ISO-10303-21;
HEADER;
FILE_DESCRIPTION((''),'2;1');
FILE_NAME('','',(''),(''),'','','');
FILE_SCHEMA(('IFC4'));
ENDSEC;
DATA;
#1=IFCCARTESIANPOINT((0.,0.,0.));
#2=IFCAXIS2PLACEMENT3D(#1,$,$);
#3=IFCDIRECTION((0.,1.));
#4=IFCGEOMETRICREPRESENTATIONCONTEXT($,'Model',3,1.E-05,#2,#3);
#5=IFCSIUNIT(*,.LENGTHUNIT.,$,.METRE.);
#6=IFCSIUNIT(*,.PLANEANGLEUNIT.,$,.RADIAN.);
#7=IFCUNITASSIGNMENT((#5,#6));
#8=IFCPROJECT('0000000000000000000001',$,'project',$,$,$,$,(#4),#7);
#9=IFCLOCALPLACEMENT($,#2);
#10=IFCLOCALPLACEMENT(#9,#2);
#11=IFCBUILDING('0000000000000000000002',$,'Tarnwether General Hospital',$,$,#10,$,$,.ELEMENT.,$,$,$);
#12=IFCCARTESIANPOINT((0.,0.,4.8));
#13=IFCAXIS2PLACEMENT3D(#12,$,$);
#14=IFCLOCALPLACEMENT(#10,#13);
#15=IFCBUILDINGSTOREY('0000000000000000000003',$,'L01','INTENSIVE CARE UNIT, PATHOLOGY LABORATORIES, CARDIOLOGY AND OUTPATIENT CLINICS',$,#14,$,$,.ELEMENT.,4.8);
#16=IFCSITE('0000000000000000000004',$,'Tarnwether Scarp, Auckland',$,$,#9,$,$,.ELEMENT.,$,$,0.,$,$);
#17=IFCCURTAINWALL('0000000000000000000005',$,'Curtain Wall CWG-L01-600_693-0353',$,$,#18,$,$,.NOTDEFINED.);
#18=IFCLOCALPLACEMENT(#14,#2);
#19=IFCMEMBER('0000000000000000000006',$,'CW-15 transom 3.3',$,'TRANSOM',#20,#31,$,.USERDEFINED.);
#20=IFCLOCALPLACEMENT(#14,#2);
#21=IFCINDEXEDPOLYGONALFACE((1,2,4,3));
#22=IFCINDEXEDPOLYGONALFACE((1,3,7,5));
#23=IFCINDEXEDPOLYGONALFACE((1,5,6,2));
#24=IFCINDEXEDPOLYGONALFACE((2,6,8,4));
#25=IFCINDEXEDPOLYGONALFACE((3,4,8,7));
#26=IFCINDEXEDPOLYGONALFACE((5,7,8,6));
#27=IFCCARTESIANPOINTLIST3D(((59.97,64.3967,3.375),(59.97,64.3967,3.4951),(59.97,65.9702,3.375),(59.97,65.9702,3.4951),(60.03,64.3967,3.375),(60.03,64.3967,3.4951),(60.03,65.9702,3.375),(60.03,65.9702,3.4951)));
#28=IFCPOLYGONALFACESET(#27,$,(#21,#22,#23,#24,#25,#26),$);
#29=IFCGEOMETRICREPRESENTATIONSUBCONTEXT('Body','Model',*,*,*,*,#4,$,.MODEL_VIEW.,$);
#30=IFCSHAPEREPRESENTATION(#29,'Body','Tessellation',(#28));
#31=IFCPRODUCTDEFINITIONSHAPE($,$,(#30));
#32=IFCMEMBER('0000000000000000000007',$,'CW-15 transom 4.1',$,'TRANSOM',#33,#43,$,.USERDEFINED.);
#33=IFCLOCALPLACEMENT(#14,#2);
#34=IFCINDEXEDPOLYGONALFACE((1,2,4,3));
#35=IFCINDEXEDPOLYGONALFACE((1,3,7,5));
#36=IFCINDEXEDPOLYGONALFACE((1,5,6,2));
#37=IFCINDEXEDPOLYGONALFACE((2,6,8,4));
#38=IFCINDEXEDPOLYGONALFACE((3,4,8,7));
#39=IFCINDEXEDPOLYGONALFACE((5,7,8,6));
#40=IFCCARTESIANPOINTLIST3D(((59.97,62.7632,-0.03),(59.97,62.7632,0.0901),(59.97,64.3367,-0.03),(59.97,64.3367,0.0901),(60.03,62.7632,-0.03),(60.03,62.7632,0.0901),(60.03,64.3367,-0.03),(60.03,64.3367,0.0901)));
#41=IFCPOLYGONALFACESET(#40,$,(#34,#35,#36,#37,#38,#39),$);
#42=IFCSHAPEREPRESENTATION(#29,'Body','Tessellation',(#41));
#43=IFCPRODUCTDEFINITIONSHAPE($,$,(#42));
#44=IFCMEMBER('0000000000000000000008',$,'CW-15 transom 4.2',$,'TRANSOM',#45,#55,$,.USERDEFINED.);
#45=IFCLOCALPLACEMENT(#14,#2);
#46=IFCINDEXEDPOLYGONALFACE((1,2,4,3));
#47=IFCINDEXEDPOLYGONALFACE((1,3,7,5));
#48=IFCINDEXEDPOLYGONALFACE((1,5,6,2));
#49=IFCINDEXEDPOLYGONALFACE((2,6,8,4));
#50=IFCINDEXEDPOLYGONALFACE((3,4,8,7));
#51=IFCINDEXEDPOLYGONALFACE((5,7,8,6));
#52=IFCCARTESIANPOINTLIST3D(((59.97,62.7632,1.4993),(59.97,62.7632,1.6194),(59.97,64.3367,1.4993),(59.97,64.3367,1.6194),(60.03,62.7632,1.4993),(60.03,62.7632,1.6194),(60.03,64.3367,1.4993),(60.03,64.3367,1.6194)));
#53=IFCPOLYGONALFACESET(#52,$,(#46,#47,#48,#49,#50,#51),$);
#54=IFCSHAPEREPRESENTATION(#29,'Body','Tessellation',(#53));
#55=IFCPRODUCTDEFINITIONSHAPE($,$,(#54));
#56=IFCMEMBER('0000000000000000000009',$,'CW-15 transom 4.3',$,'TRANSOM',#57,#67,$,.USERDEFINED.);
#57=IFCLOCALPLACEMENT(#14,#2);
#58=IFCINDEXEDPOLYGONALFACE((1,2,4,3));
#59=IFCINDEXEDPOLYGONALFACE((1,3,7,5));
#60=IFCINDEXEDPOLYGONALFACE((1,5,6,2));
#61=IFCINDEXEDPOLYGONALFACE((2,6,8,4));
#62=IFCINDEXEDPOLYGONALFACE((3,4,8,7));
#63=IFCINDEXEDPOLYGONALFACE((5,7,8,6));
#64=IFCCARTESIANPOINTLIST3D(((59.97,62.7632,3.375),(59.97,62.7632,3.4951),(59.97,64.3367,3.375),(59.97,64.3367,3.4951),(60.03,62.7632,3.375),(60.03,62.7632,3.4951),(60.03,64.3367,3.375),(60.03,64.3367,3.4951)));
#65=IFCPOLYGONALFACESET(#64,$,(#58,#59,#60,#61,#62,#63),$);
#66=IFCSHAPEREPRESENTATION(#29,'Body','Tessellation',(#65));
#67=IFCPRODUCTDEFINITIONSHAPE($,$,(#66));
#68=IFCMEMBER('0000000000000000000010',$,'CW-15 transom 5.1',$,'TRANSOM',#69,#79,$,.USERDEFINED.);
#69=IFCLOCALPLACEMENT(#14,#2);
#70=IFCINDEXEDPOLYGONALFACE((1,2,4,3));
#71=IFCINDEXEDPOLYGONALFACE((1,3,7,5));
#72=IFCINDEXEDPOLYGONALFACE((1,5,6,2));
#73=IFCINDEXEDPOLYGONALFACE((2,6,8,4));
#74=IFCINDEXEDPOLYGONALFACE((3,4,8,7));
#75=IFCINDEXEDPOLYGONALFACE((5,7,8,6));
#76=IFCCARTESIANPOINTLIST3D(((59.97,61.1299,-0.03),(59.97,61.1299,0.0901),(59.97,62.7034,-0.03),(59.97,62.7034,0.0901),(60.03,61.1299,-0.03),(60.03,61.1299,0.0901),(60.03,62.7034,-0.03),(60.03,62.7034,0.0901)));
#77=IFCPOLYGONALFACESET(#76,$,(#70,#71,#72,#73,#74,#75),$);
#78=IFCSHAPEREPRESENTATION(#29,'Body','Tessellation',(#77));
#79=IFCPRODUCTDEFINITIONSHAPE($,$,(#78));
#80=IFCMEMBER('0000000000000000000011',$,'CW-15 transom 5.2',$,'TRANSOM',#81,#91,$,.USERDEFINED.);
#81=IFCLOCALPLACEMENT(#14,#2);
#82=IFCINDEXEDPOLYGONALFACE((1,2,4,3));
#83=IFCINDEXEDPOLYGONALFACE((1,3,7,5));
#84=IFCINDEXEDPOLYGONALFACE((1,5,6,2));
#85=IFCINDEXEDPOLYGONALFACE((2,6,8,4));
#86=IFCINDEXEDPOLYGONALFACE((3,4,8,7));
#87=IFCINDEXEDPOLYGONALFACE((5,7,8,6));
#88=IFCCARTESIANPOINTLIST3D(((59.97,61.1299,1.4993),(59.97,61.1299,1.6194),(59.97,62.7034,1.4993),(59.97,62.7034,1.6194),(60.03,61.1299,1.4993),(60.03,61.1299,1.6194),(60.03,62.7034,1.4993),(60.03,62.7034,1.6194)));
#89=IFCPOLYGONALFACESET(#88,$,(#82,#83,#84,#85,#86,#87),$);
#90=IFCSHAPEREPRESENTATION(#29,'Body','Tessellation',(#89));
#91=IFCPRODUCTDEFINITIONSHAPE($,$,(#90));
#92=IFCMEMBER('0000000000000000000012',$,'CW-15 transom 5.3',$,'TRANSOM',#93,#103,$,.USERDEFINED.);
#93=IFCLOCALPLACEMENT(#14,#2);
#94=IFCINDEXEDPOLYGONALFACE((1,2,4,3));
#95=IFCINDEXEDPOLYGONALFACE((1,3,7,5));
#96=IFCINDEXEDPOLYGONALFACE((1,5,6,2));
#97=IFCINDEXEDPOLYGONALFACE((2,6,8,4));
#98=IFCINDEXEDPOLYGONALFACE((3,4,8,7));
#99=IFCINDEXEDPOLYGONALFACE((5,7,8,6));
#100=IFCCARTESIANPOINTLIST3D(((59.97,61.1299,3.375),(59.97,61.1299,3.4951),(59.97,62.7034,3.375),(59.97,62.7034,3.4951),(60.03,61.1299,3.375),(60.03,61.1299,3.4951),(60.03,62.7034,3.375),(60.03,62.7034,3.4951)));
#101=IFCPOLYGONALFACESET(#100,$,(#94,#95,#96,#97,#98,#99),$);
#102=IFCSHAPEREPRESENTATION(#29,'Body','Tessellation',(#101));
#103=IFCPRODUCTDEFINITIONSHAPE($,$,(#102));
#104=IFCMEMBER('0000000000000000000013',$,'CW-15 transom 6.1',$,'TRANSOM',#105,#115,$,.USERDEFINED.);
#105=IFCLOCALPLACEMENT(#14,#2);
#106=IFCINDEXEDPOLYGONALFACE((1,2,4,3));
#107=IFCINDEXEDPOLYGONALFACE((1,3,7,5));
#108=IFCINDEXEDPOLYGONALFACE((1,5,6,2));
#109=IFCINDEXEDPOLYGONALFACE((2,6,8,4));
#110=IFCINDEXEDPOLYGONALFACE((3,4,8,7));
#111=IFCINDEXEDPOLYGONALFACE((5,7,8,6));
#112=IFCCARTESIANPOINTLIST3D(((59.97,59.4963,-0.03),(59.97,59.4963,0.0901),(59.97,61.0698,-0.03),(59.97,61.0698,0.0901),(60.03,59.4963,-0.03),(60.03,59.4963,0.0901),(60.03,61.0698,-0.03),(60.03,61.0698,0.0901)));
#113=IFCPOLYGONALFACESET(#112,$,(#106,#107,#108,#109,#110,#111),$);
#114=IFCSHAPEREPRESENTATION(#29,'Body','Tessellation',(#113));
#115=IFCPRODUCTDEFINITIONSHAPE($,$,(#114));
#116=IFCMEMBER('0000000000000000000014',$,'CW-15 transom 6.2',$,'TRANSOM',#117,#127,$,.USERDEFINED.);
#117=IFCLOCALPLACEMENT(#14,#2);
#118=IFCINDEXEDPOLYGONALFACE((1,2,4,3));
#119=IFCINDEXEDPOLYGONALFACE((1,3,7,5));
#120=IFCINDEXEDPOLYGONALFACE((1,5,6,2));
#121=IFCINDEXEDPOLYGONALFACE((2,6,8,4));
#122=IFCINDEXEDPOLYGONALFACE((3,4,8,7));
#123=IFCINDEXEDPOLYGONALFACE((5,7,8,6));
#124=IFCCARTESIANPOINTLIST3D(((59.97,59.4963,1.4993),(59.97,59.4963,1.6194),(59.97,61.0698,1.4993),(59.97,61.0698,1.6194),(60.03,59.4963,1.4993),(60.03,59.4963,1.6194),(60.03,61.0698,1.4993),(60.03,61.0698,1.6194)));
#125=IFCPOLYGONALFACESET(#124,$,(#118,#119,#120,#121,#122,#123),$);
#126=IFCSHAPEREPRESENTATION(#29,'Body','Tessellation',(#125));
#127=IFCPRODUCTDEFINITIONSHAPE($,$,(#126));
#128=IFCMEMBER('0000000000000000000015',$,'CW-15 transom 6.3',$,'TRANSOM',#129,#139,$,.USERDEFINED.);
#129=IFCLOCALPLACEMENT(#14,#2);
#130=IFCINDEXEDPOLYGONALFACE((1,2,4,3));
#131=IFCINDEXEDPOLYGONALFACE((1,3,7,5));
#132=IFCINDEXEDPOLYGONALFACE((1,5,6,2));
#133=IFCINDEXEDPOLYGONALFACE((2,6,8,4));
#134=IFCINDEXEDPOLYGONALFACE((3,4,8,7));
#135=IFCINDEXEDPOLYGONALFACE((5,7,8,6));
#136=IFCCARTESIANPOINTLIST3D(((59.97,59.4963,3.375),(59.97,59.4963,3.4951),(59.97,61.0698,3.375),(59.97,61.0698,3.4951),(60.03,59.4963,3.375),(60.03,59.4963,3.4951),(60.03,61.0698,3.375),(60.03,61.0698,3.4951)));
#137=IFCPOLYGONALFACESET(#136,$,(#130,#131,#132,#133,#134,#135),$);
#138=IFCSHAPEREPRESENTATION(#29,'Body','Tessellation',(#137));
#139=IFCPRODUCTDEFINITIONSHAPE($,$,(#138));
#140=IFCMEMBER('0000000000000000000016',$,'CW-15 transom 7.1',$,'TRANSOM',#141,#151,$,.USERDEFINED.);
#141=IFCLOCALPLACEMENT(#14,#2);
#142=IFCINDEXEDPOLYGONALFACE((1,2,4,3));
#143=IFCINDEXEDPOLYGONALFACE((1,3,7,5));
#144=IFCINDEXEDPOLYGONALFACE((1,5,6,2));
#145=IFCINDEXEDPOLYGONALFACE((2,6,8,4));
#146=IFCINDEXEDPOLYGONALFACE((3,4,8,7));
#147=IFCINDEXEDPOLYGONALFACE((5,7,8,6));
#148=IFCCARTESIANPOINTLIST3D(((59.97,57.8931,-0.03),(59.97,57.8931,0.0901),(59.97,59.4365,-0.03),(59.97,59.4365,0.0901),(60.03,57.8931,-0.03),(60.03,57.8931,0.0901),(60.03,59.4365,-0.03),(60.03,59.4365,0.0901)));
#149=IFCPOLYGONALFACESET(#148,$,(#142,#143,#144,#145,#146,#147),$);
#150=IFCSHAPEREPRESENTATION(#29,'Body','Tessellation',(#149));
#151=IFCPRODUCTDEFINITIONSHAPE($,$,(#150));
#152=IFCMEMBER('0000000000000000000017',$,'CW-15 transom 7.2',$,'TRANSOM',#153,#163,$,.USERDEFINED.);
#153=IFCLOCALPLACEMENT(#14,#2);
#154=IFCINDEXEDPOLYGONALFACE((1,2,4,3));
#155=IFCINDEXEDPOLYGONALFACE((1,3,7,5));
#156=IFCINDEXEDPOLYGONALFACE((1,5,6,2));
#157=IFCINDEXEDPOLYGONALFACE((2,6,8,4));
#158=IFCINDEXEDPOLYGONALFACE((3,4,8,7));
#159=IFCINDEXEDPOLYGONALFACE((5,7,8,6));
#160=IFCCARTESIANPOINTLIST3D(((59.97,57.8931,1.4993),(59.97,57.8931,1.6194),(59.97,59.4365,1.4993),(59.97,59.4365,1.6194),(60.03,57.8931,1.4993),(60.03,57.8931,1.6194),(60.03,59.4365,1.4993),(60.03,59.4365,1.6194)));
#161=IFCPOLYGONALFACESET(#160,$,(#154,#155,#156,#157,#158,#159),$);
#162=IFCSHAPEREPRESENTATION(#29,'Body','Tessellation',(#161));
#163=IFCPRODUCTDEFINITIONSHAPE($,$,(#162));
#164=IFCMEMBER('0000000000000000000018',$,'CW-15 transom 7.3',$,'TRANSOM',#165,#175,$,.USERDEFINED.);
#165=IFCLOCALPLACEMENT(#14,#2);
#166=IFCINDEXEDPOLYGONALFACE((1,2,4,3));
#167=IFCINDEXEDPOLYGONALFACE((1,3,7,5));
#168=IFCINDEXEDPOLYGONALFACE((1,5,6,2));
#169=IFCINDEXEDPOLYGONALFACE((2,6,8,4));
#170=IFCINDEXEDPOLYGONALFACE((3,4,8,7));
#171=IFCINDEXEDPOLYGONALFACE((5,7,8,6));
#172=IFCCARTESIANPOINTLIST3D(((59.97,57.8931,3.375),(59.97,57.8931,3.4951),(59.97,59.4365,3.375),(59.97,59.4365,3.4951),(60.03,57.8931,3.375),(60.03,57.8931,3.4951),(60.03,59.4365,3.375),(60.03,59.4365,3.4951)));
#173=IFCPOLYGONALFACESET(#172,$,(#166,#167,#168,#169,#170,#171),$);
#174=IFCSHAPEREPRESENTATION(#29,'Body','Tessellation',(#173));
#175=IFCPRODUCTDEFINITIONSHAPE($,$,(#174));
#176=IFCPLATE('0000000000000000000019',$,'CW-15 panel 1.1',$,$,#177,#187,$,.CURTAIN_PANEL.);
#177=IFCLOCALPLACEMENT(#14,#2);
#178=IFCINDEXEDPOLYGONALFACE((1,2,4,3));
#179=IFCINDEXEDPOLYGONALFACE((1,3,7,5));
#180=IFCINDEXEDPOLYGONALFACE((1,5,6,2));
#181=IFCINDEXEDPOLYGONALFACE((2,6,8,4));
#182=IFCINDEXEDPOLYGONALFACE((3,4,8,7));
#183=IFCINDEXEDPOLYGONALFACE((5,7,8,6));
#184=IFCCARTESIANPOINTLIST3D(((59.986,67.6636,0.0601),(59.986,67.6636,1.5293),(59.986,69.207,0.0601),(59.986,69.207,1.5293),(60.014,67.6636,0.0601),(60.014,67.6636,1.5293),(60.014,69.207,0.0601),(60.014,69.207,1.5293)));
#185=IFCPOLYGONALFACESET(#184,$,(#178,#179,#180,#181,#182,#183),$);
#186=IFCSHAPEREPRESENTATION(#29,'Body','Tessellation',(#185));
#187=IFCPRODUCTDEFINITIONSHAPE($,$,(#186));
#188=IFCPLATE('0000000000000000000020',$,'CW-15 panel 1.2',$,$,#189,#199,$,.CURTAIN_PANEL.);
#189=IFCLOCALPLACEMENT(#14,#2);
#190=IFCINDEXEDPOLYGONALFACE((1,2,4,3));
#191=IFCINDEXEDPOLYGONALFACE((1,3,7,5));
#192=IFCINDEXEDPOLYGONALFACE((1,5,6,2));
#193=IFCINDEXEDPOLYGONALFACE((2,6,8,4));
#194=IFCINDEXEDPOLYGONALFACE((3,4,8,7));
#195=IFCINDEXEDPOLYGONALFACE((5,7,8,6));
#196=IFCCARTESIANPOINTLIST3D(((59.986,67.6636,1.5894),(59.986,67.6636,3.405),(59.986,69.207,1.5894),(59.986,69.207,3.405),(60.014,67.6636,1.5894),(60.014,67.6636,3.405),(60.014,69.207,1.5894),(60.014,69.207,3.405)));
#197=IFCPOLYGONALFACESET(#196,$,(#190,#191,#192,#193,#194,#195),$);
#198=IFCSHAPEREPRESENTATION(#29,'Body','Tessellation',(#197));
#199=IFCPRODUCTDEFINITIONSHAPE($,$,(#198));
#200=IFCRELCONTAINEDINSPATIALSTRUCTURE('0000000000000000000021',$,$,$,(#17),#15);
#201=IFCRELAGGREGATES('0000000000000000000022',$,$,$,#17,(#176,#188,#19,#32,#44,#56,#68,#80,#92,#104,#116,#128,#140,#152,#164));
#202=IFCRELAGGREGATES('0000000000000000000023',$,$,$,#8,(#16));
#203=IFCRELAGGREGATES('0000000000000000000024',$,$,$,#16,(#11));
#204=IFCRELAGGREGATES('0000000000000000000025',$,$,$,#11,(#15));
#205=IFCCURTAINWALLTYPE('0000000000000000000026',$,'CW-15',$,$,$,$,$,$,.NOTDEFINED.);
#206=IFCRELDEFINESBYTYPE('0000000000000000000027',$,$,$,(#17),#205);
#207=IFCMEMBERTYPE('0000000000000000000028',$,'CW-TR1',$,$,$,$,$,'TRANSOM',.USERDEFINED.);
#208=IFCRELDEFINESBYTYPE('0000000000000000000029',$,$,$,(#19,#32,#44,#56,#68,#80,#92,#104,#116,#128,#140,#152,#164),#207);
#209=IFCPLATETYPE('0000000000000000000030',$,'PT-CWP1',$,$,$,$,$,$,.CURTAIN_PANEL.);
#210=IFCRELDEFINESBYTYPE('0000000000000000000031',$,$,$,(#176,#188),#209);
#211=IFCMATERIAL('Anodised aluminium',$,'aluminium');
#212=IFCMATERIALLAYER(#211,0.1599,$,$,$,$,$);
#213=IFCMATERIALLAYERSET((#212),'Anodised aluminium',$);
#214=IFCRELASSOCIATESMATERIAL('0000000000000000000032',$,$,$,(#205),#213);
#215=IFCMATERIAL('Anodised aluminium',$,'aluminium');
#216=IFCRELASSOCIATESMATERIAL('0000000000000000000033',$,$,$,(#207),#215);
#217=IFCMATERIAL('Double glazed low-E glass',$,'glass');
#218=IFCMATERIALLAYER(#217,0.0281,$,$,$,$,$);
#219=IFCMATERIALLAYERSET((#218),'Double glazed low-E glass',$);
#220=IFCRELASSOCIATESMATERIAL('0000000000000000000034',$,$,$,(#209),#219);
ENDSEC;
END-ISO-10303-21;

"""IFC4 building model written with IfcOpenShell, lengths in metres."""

from ifc_helpers import new_model, si_unit, direction, frame, origin, origin_2d, place, context, subcontext, project, spatial, rectangle, extrude, material, layer, layer_set, material_profile, profile_set, type_object, element, aggregate, save


model = new_model("IFC4")

# Units and contexts
model_context = context("Model", 3, precision=1e-05, world=origin(), true_north=direction((0.0, 1.0)))
body_context = subcontext(model_context, "Body", "Model", "MODEL_VIEW")
ifc_project = project(units=[si_unit("LENGTHUNIT", "METRE"), si_unit("PLANEANGLEUNIT", "RADIAN")], contexts=[model_context])

# Site, building, storey
site_placement = place(None, origin())
site = spatial("IfcSite", under=ifc_project, at=site_placement, Name="Tarnwether Scarp, Auckland", CompositionType="ELEMENT", RefElevation=0.0)
building_placement = place(site_placement, origin())
building = spatial("IfcBuilding", under=site, at=building_placement, Name="Tarnwether General Hospital", CompositionType="ELEMENT")
storey_placement = place(building_placement, frame((0.0, 0.0, 4.8)))
storey = spatial("IfcBuildingStorey", under=building, at=storey_placement, Name="L01", Description="INTENSIVE CARE UNIT, PATHOLOGY LABORATORIES, CARDIOLOGY AND OUTPATIENT CLINICS", CompositionType="ELEMENT", Elevation=4.8)

# Curtain wall, members, plates
ifc_material_1 = material(Name="Anodised aluminium", Category="aluminium")
ifc_layer_1 = layer(ifc_material_1, 0.1599)
ifc_layer_set_1 = layer_set([ifc_layer_1], Name="Anodised aluminium")
curtain_wall_type = type_object("IfcCurtainWallType", Name="CW-15", PredefinedType="NOTDEFINED", material=ifc_layer_set_1)
curtain_wall_placement = place(storey_placement, origin())
curtain_wall = element("IfcCurtainWall", 1, at=curtain_wall_placement, inside=storey, type_object=curtain_wall_type, Name="Curtain Wall CWG-L01-600_693-0353", PredefinedType="NOTDEFINED")
ifc_material_2 = material(Name="Anodised aluminium", Category="aluminium")
ifc_material_profile_1 = material_profile(ifc_material_2, rectangle(XDim=0.0601, YDim=0.1201, at=origin_2d()), Name="ALU-TRN-60x120")
ifc_profile_set_1 = profile_set([ifc_material_profile_1], Name="Anodised aluminium")
member_type_1 = type_object("IfcMemberType", Name="CW-TR1", ElementType="TRANSOM", PredefinedType="USERDEFINED", material=ifc_profile_set_1)
member_1_placement = place(storey_placement, frame((60.0, 65.9702, 3.4351), z_axis=(0.0, -1.0, 0.0), x_axis=(1.0, 0.0, 0.0)))
member_1 = element("IfcMember", 2, at=member_1_placement, type_object=member_type_1, Name="CW-15 transom 3.3", ObjectType="TRANSOM", PredefinedType="USERDEFINED", context=body_context, shape_type="SweptSolid", body=[
    extrude(rectangle(XDim=0.0601, YDim=0.1201, at=origin_2d()), origin(), (0.0, 0.0, 1.0), 1.5735),
])
member_2_placement = place(storey_placement, frame((60.0, 64.3367, 0.03), z_axis=(0.0, -1.0, 0.0), x_axis=(1.0, 0.0, 0.0)))
member_2 = element("IfcMember", 3, at=member_2_placement, type_object=member_type_1, Name="CW-15 transom 4.1", ObjectType="TRANSOM", PredefinedType="USERDEFINED", context=body_context, shape_type="SweptSolid", body=[
    extrude(rectangle(XDim=0.0601, YDim=0.1201, at=origin_2d()), origin(), (0.0, 0.0, 1.0), 1.5735),
])
member_3_placement = place(storey_placement, frame((60.0, 64.3367, 1.5593), z_axis=(0.0, -1.0, 0.0), x_axis=(1.0, 0.0, 0.0)))
member_3 = element("IfcMember", 4, at=member_3_placement, type_object=member_type_1, Name="CW-15 transom 4.2", ObjectType="TRANSOM", PredefinedType="USERDEFINED", context=body_context, shape_type="SweptSolid", body=[
    extrude(rectangle(XDim=0.0601, YDim=0.1201, at=origin_2d()), origin(), (0.0, 0.0, 1.0), 1.5735),
])
member_4_placement = place(storey_placement, frame((60.0, 64.3367, 3.4351), z_axis=(0.0, -1.0, 0.0), x_axis=(1.0, 0.0, 0.0)))
member_4 = element("IfcMember", 5, at=member_4_placement, type_object=member_type_1, Name="CW-15 transom 4.3", ObjectType="TRANSOM", PredefinedType="USERDEFINED", context=body_context, shape_type="SweptSolid", body=[
    extrude(rectangle(XDim=0.0601, YDim=0.1201, at=origin_2d()), origin(), (0.0, 0.0, 1.0), 1.5735),
])
member_5_placement = place(storey_placement, frame((60.0, 62.7034, 0.03), z_axis=(0.0, -1.0, 0.0), x_axis=(1.0, 0.0, 0.0)))
member_5 = element("IfcMember", 6, at=member_5_placement, type_object=member_type_1, Name="CW-15 transom 5.1", ObjectType="TRANSOM", PredefinedType="USERDEFINED", context=body_context, shape_type="SweptSolid", body=[
    extrude(rectangle(XDim=0.0601, YDim=0.1201, at=origin_2d()), origin(), (0.0, 0.0, 1.0), 1.5735),
])
member_6_placement = place(storey_placement, frame((60.0, 62.7034, 1.5593), z_axis=(0.0, -1.0, 0.0), x_axis=(1.0, 0.0, 0.0)))
member_6 = element("IfcMember", 7, at=member_6_placement, type_object=member_type_1, Name="CW-15 transom 5.2", ObjectType="TRANSOM", PredefinedType="USERDEFINED", context=body_context, shape_type="SweptSolid", body=[
    extrude(rectangle(XDim=0.0601, YDim=0.1201, at=origin_2d()), origin(), (0.0, 0.0, 1.0), 1.5735),
])
member_7_placement = place(storey_placement, frame((60.0, 62.7034, 3.4351), z_axis=(0.0, -1.0, 0.0), x_axis=(1.0, 0.0, 0.0)))
member_7 = element("IfcMember", 8, at=member_7_placement, type_object=member_type_1, Name="CW-15 transom 5.3", ObjectType="TRANSOM", PredefinedType="USERDEFINED", context=body_context, shape_type="SweptSolid", body=[
    extrude(rectangle(XDim=0.0601, YDim=0.1201, at=origin_2d()), origin(), (0.0, 0.0, 1.0), 1.5735),
])
member_8_placement = place(storey_placement, frame((60.0, 61.0698, 0.03), z_axis=(0.0, -1.0, 0.0), x_axis=(1.0, 0.0, 0.0)))
member_8 = element("IfcMember", 9, at=member_8_placement, type_object=member_type_1, Name="CW-15 transom 6.1", ObjectType="TRANSOM", PredefinedType="USERDEFINED", context=body_context, shape_type="SweptSolid", body=[
    extrude(rectangle(XDim=0.0601, YDim=0.1201, at=origin_2d()), origin(), (0.0, 0.0, 1.0), 1.5735),
])
member_9_placement = place(storey_placement, frame((60.0, 61.0698, 1.5593), z_axis=(0.0, -1.0, 0.0), x_axis=(1.0, 0.0, 0.0)))
member_9 = element("IfcMember", 10, at=member_9_placement, type_object=member_type_1, Name="CW-15 transom 6.2", ObjectType="TRANSOM", PredefinedType="USERDEFINED", context=body_context, shape_type="SweptSolid", body=[
    extrude(rectangle(XDim=0.0601, YDim=0.1201, at=origin_2d()), origin(), (0.0, 0.0, 1.0), 1.5735),
])
member_10_placement = place(storey_placement, frame((60.0, 61.0698, 3.4351), z_axis=(0.0, -1.0, 0.0), x_axis=(1.0, 0.0, 0.0)))
member_10 = element("IfcMember", 11, at=member_10_placement, type_object=member_type_1, Name="CW-15 transom 6.3", ObjectType="TRANSOM", PredefinedType="USERDEFINED", context=body_context, shape_type="SweptSolid", body=[
    extrude(rectangle(XDim=0.0601, YDim=0.1201, at=origin_2d()), origin(), (0.0, 0.0, 1.0), 1.5735),
])
member_11_placement = place(storey_placement, frame((60.0, 59.4365, 0.03), z_axis=(0.0, -1.0, 0.0), x_axis=(1.0, 0.0, 0.0)))
member_11 = element("IfcMember", 12, at=member_11_placement, type_object=member_type_1, Name="CW-15 transom 7.1", ObjectType="TRANSOM", PredefinedType="USERDEFINED", context=body_context, shape_type="SweptSolid", body=[
    extrude(rectangle(XDim=0.0601, YDim=0.1201, at=origin_2d()), origin(), (0.0, 0.0, 1.0), 1.5435),
])
member_12_placement = place(storey_placement, frame((60.0, 59.4365, 1.5593), z_axis=(0.0, -1.0, 0.0), x_axis=(1.0, 0.0, 0.0)))
member_12 = element("IfcMember", 13, at=member_12_placement, type_object=member_type_1, Name="CW-15 transom 7.2", ObjectType="TRANSOM", PredefinedType="USERDEFINED", context=body_context, shape_type="SweptSolid", body=[
    extrude(rectangle(XDim=0.0601, YDim=0.1201, at=origin_2d()), origin(), (0.0, 0.0, 1.0), 1.5435),
])
member_13_placement = place(storey_placement, frame((60.0, 59.4365, 3.4351), z_axis=(0.0, -1.0, 0.0), x_axis=(1.0, 0.0, 0.0)))
member_13 = element("IfcMember", 14, at=member_13_placement, type_object=member_type_1, Name="CW-15 transom 7.3", ObjectType="TRANSOM", PredefinedType="USERDEFINED", context=body_context, shape_type="SweptSolid", body=[
    extrude(rectangle(XDim=0.0601, YDim=0.1201, at=origin_2d()), origin(), (0.0, 0.0, 1.0), 1.5435),
])
ifc_material_3 = material(Name="Double glazed low-E glass", Category="glass")
ifc_layer_2 = layer(ifc_material_3, 0.0281)
ifc_layer_set_2 = layer_set([ifc_layer_2], Name="Double glazed low-E glass")
plate_type = type_object("IfcPlateType", Name="PT-CWP1", PredefinedType="CURTAIN_PANEL", material=ifc_layer_set_2)
plate_1_placement = place(storey_placement, frame((60.0, 68.4353, 0.0601), z_axis=(0.0, 0.0, 1.0), x_axis=(0.0, -1.0, 0.0)))
plate_1 = element("IfcPlate", 15, at=plate_1_placement, type_object=plate_type, Name="CW-15 panel 1.1", PredefinedType="CURTAIN_PANEL", context=body_context, shape_type="SweptSolid", body=[
    extrude(rectangle(XDim=1.5435, YDim=0.0281, at=origin_2d()), origin(), (0.0, 0.0, 1.0), 1.4692),
])
plate_2_placement = place(storey_placement, frame((60.0, 68.4353, 1.5894), z_axis=(0.0, 0.0, 1.0), x_axis=(0.0, -1.0, 0.0)))
plate_2 = element("IfcPlate", 16, at=plate_2_placement, type_object=plate_type, Name="CW-15 panel 1.2", PredefinedType="CURTAIN_PANEL", context=body_context, shape_type="SweptSolid", body=[
    extrude(rectangle(XDim=1.5435, YDim=0.0281, at=origin_2d()), origin(), (0.0, 0.0, 1.0), 1.8157),
])
aggregate(curtain_wall, [plate_1, plate_2, member_1, member_2, member_3, member_4, member_5, member_6, member_7, member_8, member_9, member_10, member_11, member_12, member_13])

save(model, "model.ifc")
